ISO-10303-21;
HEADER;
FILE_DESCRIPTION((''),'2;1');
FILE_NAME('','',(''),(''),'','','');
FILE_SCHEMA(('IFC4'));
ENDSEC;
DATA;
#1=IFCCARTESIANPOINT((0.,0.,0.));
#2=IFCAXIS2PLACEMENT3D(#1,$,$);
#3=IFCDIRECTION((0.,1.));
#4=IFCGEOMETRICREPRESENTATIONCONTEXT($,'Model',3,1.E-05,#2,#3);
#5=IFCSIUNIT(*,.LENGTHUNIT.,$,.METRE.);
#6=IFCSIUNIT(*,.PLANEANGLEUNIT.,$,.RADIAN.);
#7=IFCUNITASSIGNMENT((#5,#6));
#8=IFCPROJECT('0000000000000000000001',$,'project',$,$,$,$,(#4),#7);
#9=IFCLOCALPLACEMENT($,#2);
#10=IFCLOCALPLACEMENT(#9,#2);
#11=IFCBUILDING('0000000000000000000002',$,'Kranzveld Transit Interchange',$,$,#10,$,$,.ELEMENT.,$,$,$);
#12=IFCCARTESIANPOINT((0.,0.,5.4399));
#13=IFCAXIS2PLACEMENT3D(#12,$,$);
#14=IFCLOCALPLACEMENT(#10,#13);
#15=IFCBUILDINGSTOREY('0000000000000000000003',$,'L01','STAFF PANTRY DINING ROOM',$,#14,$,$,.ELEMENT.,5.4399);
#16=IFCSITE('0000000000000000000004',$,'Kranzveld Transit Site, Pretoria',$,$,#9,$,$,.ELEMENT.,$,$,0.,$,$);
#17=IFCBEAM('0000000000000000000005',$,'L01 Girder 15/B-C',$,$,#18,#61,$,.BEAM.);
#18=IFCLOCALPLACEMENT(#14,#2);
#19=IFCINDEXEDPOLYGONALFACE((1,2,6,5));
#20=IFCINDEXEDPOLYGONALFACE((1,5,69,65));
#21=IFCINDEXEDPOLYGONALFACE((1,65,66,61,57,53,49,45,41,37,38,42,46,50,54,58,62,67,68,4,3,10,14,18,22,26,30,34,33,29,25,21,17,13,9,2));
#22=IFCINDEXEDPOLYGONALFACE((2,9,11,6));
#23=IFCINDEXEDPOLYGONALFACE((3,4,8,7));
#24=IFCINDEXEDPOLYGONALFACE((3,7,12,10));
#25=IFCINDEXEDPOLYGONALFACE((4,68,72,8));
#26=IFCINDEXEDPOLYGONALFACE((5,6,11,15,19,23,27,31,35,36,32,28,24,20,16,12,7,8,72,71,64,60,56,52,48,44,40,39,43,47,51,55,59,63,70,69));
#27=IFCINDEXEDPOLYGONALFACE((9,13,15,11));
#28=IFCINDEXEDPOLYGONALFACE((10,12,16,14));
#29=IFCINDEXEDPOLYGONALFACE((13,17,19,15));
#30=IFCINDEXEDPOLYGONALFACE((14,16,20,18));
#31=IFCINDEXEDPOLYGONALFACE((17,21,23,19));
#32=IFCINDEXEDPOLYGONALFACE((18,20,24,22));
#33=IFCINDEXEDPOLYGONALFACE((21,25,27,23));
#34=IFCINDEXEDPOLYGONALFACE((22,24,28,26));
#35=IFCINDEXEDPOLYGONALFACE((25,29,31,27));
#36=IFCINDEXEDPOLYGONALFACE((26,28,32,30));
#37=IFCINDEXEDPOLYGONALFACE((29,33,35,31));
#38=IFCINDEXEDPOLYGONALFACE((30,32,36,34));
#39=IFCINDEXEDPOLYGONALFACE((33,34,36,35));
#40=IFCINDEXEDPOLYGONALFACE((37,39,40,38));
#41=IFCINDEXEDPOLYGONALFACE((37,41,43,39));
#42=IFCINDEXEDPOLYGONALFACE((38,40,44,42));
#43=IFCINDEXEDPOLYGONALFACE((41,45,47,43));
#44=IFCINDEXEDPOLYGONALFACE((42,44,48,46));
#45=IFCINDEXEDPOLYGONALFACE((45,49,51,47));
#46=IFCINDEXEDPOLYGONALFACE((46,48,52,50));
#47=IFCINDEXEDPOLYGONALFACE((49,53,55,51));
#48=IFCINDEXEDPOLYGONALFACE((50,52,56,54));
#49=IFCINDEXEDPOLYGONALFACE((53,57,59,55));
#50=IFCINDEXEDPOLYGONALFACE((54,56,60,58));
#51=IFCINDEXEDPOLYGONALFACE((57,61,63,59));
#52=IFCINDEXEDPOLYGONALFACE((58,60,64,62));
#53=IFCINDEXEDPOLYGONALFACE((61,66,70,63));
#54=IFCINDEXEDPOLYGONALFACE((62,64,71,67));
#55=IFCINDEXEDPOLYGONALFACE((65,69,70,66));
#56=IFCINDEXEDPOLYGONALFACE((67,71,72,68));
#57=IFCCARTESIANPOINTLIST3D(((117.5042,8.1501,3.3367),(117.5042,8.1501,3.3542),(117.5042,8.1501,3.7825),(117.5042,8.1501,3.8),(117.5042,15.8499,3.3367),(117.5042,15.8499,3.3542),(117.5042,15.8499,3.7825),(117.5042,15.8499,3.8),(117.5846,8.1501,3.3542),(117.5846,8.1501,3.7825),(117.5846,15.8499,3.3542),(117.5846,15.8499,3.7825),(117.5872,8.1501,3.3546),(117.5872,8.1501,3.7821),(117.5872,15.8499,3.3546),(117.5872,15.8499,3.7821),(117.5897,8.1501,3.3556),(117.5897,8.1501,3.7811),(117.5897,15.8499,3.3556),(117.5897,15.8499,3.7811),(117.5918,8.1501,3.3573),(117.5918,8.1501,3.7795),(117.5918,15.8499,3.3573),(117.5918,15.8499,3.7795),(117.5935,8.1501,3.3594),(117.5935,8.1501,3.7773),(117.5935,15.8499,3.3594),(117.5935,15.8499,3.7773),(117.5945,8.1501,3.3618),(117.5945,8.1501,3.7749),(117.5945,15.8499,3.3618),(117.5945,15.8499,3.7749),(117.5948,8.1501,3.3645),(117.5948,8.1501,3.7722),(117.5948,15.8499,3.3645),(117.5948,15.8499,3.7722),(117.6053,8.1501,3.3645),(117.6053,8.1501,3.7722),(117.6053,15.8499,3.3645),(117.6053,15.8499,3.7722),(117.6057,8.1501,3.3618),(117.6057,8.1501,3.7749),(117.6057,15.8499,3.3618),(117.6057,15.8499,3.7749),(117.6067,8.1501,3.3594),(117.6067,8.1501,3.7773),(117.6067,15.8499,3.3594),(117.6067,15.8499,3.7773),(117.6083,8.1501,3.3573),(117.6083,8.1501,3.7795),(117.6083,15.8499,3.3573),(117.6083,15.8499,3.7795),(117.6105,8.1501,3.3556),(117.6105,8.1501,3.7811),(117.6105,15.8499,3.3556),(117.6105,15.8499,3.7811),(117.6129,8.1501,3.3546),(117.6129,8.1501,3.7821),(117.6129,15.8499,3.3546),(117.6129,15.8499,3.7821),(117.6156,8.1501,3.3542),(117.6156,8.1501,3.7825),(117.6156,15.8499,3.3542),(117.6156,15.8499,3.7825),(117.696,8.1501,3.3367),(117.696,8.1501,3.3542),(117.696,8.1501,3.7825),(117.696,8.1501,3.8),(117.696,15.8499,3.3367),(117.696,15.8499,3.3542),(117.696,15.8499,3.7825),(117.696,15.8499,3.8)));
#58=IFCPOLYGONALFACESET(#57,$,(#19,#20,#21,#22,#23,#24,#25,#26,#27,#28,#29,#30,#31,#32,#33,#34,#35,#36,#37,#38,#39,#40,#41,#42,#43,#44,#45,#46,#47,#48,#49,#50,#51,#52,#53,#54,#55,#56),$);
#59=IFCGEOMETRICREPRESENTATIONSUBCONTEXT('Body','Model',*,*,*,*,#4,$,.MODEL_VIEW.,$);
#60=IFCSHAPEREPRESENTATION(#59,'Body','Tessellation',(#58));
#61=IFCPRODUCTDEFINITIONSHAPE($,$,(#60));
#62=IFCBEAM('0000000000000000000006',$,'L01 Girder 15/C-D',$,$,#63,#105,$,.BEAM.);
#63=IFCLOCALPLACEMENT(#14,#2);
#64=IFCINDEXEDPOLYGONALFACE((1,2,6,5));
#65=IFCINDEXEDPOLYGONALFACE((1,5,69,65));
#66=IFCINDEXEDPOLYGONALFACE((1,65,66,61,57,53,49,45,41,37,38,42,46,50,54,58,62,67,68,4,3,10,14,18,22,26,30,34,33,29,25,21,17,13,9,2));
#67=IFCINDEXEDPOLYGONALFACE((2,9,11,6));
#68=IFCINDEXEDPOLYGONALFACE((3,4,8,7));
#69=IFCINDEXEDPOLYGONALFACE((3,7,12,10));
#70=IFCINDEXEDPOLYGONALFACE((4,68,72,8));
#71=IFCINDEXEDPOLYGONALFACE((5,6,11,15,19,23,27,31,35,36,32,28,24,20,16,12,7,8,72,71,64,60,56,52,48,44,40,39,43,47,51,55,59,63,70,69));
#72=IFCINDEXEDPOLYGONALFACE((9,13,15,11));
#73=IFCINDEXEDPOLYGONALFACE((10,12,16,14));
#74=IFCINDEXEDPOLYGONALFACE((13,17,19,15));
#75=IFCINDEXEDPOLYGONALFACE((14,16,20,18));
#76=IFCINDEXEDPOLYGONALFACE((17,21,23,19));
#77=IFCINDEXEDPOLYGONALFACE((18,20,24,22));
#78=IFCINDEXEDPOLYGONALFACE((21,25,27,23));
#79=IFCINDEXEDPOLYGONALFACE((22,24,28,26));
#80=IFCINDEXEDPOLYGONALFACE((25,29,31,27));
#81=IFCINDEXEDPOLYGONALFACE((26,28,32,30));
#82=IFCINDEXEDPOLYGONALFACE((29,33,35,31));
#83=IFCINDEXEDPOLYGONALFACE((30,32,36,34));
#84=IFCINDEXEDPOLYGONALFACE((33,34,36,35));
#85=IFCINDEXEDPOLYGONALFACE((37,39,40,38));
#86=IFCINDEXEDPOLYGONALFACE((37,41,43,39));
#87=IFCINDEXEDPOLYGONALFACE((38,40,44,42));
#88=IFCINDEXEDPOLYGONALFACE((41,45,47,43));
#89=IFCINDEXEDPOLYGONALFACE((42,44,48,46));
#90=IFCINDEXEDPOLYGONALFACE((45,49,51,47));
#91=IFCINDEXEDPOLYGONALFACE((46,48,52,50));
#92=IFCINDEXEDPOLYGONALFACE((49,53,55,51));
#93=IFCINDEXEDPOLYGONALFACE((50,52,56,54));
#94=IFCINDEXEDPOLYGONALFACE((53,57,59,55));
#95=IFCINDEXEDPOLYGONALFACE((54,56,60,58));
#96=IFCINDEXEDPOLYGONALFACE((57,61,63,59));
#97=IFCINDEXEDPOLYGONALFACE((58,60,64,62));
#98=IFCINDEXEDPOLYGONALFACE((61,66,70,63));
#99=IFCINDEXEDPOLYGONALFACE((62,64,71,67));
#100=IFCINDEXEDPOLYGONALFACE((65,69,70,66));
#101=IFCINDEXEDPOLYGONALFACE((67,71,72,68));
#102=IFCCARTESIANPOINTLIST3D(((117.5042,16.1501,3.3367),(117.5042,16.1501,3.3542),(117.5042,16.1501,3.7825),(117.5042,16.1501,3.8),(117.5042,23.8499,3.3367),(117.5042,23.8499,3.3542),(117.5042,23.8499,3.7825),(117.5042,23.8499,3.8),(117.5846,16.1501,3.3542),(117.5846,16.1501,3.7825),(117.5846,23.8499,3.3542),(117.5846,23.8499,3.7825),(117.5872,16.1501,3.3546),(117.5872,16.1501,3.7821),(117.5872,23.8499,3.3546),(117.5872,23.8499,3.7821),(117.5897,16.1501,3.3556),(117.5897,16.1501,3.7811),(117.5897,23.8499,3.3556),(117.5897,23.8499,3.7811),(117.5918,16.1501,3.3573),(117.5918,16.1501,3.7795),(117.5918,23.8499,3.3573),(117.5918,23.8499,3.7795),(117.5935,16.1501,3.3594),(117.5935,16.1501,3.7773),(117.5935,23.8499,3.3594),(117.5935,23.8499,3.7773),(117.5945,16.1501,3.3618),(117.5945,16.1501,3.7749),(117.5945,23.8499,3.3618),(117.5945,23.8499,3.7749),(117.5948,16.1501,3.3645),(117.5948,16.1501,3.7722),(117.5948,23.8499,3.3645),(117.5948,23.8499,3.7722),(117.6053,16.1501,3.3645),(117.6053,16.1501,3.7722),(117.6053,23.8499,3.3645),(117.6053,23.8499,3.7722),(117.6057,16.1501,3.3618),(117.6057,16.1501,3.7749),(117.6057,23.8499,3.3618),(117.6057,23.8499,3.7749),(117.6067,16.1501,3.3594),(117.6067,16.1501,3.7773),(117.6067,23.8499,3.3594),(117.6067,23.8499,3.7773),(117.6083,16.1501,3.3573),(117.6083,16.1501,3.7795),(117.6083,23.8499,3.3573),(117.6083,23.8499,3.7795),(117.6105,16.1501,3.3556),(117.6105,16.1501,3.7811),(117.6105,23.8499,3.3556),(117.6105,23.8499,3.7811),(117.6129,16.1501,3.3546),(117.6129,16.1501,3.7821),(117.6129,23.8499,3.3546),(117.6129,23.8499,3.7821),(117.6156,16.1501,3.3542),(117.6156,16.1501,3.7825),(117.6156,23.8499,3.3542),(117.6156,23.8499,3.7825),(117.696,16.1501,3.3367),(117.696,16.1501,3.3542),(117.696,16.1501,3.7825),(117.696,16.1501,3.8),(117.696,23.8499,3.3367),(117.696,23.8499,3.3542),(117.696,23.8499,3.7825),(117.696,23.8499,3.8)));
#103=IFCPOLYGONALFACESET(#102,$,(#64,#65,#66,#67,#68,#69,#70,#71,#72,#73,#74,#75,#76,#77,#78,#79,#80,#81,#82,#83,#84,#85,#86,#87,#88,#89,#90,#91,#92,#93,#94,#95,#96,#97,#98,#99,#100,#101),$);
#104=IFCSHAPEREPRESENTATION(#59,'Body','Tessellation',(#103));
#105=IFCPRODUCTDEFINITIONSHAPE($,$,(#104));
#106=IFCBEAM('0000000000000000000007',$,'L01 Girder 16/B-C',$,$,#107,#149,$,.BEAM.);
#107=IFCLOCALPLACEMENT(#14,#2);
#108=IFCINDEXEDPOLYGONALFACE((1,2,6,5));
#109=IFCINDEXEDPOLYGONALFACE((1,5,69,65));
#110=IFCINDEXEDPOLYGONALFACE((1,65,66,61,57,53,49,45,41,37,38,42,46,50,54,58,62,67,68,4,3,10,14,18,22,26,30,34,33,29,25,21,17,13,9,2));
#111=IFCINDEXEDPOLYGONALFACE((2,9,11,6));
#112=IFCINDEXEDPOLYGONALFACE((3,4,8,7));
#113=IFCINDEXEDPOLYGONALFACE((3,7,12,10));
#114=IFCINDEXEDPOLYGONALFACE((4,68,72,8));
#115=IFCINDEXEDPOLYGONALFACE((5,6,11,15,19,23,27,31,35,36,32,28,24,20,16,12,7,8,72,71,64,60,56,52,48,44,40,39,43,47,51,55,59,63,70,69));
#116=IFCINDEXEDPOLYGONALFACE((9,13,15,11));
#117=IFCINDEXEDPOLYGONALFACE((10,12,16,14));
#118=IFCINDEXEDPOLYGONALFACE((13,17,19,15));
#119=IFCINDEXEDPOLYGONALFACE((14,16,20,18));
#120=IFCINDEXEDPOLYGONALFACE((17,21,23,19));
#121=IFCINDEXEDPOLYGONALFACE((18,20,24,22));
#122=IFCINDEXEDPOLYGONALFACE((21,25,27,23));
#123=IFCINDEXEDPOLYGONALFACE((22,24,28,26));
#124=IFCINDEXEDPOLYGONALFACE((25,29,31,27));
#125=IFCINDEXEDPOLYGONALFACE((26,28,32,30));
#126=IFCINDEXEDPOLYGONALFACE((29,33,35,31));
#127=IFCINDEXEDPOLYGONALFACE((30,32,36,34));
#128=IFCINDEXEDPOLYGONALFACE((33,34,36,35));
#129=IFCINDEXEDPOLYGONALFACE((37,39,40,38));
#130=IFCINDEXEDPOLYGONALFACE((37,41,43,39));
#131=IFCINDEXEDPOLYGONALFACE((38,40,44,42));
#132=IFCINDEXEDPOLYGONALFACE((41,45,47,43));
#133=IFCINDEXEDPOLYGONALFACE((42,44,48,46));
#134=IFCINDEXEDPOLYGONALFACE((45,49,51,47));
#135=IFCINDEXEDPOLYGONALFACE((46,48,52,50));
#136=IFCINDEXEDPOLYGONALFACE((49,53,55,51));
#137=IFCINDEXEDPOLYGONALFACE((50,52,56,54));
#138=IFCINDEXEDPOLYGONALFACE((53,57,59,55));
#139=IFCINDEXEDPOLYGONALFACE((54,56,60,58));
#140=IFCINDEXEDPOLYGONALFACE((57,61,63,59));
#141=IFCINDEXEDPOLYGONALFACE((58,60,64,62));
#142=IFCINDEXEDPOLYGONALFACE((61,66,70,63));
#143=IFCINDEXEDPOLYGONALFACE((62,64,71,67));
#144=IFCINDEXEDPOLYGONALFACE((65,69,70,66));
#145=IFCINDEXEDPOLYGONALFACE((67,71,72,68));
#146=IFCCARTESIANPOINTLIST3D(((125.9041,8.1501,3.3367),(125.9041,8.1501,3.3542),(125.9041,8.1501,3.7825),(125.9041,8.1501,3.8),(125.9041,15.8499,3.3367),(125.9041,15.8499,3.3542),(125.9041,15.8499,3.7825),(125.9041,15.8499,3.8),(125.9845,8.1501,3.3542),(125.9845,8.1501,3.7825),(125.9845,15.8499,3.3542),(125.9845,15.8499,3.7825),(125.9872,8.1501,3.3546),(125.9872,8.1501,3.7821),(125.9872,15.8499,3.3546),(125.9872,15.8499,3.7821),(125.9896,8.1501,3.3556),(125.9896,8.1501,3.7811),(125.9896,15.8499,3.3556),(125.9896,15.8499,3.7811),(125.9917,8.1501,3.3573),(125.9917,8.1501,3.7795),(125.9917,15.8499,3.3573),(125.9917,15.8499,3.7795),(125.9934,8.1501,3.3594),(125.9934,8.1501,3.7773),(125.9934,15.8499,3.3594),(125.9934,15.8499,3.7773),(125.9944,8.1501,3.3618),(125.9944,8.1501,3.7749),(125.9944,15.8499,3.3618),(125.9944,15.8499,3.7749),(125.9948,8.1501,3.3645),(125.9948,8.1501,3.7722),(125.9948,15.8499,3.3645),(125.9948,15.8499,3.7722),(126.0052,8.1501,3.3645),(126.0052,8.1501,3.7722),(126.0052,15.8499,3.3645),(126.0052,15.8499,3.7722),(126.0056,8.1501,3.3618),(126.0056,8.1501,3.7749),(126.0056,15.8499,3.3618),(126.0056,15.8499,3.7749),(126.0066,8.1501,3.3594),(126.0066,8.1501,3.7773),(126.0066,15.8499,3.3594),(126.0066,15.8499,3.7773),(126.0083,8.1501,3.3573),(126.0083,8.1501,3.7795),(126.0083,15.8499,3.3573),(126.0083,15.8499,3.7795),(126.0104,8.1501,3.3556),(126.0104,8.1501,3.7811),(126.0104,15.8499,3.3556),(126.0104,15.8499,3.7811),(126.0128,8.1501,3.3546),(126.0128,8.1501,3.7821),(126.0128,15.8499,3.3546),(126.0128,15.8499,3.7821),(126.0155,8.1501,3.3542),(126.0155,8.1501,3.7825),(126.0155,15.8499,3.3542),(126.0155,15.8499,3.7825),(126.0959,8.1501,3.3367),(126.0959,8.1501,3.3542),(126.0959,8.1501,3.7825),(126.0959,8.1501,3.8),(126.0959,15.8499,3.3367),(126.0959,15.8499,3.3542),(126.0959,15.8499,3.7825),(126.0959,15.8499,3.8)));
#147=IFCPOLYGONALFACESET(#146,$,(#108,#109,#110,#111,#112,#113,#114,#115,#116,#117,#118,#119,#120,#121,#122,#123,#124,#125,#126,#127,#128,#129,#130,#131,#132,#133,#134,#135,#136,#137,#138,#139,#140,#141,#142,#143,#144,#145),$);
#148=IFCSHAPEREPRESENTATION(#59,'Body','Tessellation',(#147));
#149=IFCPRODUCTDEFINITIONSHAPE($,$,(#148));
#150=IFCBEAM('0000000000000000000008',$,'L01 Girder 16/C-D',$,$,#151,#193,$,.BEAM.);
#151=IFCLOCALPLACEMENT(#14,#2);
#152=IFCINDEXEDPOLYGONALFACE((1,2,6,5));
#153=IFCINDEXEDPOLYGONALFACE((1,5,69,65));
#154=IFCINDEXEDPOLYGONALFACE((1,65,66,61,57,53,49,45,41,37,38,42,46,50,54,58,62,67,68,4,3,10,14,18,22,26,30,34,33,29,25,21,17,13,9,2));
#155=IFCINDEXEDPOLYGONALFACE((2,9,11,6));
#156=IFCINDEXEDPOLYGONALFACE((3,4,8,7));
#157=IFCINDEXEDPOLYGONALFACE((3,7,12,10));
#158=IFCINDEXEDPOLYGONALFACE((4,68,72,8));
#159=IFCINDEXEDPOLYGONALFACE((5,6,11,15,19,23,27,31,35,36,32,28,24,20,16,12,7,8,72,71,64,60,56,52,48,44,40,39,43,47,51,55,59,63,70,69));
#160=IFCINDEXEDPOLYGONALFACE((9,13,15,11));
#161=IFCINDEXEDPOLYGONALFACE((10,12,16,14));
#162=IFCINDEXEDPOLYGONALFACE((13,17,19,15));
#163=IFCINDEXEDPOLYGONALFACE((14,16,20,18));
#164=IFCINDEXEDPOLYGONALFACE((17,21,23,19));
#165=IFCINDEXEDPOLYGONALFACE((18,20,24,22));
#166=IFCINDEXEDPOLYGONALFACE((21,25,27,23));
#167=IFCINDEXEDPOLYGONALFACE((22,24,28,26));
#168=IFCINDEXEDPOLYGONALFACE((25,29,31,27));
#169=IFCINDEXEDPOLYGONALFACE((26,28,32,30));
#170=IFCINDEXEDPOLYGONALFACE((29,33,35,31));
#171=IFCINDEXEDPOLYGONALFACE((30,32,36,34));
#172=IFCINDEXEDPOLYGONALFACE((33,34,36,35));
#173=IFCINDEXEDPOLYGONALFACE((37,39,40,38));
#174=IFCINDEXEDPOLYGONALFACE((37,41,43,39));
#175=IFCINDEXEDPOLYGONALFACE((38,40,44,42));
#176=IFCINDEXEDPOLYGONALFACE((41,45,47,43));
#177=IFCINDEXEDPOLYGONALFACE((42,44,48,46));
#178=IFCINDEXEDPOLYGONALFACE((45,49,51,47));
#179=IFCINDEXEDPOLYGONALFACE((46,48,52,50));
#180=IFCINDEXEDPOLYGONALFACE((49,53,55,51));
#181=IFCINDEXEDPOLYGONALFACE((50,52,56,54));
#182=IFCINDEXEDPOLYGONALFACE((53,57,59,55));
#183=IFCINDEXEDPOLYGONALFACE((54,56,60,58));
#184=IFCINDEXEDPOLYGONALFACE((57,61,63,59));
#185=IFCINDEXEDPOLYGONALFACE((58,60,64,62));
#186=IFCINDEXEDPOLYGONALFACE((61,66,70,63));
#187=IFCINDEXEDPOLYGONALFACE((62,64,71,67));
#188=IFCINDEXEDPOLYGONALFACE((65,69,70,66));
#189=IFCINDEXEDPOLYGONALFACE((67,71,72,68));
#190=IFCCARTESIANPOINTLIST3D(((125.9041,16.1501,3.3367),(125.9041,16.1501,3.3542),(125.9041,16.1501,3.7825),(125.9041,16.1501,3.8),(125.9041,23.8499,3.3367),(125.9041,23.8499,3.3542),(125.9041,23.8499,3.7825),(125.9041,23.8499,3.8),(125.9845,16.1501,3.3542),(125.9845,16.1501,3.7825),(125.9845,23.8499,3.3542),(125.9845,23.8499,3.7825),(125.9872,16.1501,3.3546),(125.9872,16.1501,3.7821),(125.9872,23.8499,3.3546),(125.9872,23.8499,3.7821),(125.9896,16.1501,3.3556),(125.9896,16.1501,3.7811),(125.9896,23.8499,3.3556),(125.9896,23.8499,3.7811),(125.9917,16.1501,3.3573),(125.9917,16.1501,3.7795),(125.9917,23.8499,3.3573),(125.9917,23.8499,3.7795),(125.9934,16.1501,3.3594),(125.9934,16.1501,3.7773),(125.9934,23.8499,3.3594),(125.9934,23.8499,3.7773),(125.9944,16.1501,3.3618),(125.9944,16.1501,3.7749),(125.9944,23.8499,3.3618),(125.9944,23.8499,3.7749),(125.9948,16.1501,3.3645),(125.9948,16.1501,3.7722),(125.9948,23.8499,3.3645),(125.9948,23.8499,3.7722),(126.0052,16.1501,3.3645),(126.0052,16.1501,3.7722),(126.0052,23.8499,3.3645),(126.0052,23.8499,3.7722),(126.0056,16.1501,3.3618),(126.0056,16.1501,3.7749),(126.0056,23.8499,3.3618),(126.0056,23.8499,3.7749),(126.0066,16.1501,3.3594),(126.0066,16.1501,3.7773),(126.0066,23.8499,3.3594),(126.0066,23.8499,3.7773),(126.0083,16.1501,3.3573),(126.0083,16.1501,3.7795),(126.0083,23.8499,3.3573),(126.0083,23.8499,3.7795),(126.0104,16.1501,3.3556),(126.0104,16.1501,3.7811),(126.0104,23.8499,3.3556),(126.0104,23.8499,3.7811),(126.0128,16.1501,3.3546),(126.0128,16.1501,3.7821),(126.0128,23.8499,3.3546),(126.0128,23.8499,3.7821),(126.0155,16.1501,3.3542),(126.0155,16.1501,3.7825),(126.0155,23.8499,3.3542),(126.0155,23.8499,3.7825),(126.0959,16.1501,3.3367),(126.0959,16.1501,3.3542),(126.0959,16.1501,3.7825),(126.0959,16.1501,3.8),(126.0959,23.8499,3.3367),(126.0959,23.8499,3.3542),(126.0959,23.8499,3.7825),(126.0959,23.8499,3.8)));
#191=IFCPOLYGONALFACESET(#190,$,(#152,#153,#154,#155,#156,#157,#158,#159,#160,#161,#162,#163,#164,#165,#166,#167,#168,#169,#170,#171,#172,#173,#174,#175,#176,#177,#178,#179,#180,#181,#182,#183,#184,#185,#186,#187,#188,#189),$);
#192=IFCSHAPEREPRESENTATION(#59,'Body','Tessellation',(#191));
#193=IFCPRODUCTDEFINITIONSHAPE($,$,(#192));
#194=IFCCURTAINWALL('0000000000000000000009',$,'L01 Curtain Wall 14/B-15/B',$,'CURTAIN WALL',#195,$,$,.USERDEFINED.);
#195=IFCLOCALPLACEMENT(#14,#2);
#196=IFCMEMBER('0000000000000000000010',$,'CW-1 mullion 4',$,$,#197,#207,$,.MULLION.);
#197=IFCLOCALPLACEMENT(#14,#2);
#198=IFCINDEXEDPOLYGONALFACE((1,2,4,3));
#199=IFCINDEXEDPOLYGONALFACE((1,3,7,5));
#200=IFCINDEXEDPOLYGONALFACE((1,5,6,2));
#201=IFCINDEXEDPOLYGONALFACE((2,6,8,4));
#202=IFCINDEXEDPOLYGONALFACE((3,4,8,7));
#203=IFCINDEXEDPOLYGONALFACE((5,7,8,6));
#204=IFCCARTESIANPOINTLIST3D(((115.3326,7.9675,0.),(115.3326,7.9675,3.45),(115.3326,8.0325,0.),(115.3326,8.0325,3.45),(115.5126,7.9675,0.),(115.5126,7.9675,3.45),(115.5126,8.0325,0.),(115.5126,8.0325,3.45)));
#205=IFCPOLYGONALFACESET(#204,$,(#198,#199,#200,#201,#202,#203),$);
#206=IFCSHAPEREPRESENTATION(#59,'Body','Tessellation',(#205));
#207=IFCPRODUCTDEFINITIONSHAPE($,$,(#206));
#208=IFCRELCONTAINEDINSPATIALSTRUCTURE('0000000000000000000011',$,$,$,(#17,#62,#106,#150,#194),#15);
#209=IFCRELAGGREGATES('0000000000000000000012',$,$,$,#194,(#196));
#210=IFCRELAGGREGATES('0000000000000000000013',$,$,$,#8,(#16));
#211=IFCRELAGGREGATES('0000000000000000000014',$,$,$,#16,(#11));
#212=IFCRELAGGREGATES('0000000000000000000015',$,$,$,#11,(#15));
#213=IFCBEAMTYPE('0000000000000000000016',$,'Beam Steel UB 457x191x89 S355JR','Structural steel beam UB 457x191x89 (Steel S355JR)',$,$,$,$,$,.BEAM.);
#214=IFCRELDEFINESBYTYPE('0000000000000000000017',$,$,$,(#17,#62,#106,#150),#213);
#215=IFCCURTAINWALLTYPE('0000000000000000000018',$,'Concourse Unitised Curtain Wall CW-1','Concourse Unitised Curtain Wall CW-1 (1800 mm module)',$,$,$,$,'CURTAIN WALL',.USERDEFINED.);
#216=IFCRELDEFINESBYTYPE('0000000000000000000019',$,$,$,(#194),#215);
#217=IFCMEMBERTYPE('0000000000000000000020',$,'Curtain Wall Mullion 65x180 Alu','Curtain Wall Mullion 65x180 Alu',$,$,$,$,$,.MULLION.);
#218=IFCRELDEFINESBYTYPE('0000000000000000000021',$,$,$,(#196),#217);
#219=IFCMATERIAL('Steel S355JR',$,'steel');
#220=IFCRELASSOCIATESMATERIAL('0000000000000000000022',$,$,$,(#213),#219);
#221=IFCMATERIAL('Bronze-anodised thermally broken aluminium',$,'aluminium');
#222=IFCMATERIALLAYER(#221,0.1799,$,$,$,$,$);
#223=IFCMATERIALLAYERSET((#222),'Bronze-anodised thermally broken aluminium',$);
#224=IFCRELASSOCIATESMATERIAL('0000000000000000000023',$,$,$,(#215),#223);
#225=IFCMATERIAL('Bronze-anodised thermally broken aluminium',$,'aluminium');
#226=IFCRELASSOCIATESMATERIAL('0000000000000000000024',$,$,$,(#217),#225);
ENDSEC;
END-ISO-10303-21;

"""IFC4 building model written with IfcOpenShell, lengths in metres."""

from ifc_helpers import new_model, si_unit, direction, frame, origin, origin_2d, place, context, subcontext, project, spatial, rectangle, i_section, extrude, material, layer, layer_set, material_profile, profile_set, type_object, element, aggregate, save


model = new_model("IFC4")

# Units and contexts
model_context = context("Model", 3, precision=1e-05, world=origin(), true_north=direction((0.0, 1.0)))
body_context = subcontext(model_context, "Body", "Model", "MODEL_VIEW")
ifc_project = project(units=[si_unit("LENGTHUNIT", "METRE"), si_unit("PLANEANGLEUNIT", "RADIAN")], contexts=[model_context])

# Site, building, storey
site_placement = place(None, origin())
site = spatial("IfcSite", under=ifc_project, at=site_placement, Name="Kranzveld Transit Site, Pretoria", CompositionType="ELEMENT", RefElevation=0.0)
building_placement = place(site_placement, origin())
building = spatial("IfcBuilding", under=site, at=building_placement, Name="Kranzveld Transit Interchange", CompositionType="ELEMENT")
storey_placement = place(building_placement, frame((0.0, 0.0, 5.4399)))
storey = spatial("IfcBuildingStorey", under=building, at=storey_placement, Name="L01", Description="STAFF PANTRY DINING ROOM", CompositionType="ELEMENT", Elevation=5.4399)

# Beams
ifc_material_1 = material(Name="Steel S355JR", Category="steel")
ifc_material_profile_1 = material_profile(ifc_material_1, i_section(OverallWidth=0.1919, OverallDepth=0.4634, WebThickness=0.0105, FlangeThickness=0.0176, FilletRadius=0.0103, at=origin_2d()), Name="UB 457x191x89")
ifc_profile_set_1 = profile_set([ifc_material_profile_1], Name="Steel S355JR")
beam_type_1 = type_object("IfcBeamType", Name="Beam Steel UB 457x191x89 S355JR", Description="Structural steel beam UB 457x191x89 (Steel S355JR)", PredefinedType="BEAM", material=ifc_profile_set_1)
for number, where, z_axis, x_axis, name in (
    (1, (117.6001, 8.1501, 3.5684), (0.0, 1.0, 0.0), (-1.0, 0.0, 0.0), "L01 Girder 15/B-C"),
    (2, (117.6001, 16.1501, 3.5684), (0.0, 1.0, 0.0), (-1.0, 0.0, 0.0), "L01 Girder 15/C-D"),
    (3, (126.0, 8.1501, 3.5684), (0.0, 1.0, 0.0), (-1.0, 0.0, 0.0), "L01 Girder 16/B-C"),
    (4, (126.0, 16.1501, 3.5684), (0.0, 1.0, 0.0), (-1.0, 0.0, 0.0), "L01 Girder 16/C-D"),
):
    element("IfcBeam", number, at=place(storey_placement, frame(where, z_axis=z_axis, x_axis=x_axis)), inside=storey, type_object=beam_type_1, Name=name, PredefinedType="BEAM", context=body_context, shape_type="SweptSolid", body=[
        extrude(i_section(OverallWidth=0.1919, OverallDepth=0.4634, WebThickness=0.0105, FlangeThickness=0.0176, FilletRadius=0.0103, at=origin_2d()), origin(), (0.0, 0.0, 1.0), 7.6997),
    ])

# Curtain wall, member
ifc_material_2 = material(Name="Bronze-anodised thermally broken aluminium", Category="aluminium")
ifc_layer_1 = layer(ifc_material_2, 0.1799)
ifc_layer_set_1 = layer_set([ifc_layer_1], Name="Bronze-anodised thermally broken aluminium")
curtain_wall_type = type_object("IfcCurtainWallType", Name="Concourse Unitised Curtain Wall CW-1", Description="Concourse Unitised Curtain Wall CW-1 (1800 mm module)", ElementType="CURTAIN WALL", PredefinedType="USERDEFINED", material=ifc_layer_set_1)
curtain_wall_placement = place(storey_placement, origin())
curtain_wall = element("IfcCurtainWall", 5, at=curtain_wall_placement, inside=storey, type_object=curtain_wall_type, Name="L01 Curtain Wall 14/B-15/B", ObjectType="CURTAIN WALL", PredefinedType="USERDEFINED")
ifc_material_3 = material(Name="Bronze-anodised thermally broken aluminium", Category="aluminium")
ifc_material_profile_2 = material_profile(ifc_material_3, rectangle(XDim=0.0649, YDim=0.1799, at=origin_2d()), Name="ALU MULLION 65x180")
ifc_profile_set_2 = profile_set([ifc_material_profile_2], Name="Bronze-anodised thermally broken aluminium")
member_type_1 = type_object("IfcMemberType", Name="Curtain Wall Mullion 65x180 Alu", Description="Curtain Wall Mullion 65x180 Alu", PredefinedType="MULLION", material=ifc_profile_set_2)
member_1_placement = place(storey_placement, frame((115.4226, 8.0, 0.0), z_axis=(0.0, 0.0, 1.0), x_axis=(0.0, 1.0, 0.0)))
member_1 = element("IfcMember", 6, at=member_1_placement, type_object=member_type_1, Name="CW-1 mullion 4", PredefinedType="MULLION", context=body_context, shape_type="SweptSolid", body=[
    extrude(rectangle(XDim=0.0649, YDim=0.1799, at=origin_2d()), origin(), (0.0, 0.0, 1.0), 3.45),
])

aggregate(curtain_wall, [member_1])

save(model, "model.ifc")
